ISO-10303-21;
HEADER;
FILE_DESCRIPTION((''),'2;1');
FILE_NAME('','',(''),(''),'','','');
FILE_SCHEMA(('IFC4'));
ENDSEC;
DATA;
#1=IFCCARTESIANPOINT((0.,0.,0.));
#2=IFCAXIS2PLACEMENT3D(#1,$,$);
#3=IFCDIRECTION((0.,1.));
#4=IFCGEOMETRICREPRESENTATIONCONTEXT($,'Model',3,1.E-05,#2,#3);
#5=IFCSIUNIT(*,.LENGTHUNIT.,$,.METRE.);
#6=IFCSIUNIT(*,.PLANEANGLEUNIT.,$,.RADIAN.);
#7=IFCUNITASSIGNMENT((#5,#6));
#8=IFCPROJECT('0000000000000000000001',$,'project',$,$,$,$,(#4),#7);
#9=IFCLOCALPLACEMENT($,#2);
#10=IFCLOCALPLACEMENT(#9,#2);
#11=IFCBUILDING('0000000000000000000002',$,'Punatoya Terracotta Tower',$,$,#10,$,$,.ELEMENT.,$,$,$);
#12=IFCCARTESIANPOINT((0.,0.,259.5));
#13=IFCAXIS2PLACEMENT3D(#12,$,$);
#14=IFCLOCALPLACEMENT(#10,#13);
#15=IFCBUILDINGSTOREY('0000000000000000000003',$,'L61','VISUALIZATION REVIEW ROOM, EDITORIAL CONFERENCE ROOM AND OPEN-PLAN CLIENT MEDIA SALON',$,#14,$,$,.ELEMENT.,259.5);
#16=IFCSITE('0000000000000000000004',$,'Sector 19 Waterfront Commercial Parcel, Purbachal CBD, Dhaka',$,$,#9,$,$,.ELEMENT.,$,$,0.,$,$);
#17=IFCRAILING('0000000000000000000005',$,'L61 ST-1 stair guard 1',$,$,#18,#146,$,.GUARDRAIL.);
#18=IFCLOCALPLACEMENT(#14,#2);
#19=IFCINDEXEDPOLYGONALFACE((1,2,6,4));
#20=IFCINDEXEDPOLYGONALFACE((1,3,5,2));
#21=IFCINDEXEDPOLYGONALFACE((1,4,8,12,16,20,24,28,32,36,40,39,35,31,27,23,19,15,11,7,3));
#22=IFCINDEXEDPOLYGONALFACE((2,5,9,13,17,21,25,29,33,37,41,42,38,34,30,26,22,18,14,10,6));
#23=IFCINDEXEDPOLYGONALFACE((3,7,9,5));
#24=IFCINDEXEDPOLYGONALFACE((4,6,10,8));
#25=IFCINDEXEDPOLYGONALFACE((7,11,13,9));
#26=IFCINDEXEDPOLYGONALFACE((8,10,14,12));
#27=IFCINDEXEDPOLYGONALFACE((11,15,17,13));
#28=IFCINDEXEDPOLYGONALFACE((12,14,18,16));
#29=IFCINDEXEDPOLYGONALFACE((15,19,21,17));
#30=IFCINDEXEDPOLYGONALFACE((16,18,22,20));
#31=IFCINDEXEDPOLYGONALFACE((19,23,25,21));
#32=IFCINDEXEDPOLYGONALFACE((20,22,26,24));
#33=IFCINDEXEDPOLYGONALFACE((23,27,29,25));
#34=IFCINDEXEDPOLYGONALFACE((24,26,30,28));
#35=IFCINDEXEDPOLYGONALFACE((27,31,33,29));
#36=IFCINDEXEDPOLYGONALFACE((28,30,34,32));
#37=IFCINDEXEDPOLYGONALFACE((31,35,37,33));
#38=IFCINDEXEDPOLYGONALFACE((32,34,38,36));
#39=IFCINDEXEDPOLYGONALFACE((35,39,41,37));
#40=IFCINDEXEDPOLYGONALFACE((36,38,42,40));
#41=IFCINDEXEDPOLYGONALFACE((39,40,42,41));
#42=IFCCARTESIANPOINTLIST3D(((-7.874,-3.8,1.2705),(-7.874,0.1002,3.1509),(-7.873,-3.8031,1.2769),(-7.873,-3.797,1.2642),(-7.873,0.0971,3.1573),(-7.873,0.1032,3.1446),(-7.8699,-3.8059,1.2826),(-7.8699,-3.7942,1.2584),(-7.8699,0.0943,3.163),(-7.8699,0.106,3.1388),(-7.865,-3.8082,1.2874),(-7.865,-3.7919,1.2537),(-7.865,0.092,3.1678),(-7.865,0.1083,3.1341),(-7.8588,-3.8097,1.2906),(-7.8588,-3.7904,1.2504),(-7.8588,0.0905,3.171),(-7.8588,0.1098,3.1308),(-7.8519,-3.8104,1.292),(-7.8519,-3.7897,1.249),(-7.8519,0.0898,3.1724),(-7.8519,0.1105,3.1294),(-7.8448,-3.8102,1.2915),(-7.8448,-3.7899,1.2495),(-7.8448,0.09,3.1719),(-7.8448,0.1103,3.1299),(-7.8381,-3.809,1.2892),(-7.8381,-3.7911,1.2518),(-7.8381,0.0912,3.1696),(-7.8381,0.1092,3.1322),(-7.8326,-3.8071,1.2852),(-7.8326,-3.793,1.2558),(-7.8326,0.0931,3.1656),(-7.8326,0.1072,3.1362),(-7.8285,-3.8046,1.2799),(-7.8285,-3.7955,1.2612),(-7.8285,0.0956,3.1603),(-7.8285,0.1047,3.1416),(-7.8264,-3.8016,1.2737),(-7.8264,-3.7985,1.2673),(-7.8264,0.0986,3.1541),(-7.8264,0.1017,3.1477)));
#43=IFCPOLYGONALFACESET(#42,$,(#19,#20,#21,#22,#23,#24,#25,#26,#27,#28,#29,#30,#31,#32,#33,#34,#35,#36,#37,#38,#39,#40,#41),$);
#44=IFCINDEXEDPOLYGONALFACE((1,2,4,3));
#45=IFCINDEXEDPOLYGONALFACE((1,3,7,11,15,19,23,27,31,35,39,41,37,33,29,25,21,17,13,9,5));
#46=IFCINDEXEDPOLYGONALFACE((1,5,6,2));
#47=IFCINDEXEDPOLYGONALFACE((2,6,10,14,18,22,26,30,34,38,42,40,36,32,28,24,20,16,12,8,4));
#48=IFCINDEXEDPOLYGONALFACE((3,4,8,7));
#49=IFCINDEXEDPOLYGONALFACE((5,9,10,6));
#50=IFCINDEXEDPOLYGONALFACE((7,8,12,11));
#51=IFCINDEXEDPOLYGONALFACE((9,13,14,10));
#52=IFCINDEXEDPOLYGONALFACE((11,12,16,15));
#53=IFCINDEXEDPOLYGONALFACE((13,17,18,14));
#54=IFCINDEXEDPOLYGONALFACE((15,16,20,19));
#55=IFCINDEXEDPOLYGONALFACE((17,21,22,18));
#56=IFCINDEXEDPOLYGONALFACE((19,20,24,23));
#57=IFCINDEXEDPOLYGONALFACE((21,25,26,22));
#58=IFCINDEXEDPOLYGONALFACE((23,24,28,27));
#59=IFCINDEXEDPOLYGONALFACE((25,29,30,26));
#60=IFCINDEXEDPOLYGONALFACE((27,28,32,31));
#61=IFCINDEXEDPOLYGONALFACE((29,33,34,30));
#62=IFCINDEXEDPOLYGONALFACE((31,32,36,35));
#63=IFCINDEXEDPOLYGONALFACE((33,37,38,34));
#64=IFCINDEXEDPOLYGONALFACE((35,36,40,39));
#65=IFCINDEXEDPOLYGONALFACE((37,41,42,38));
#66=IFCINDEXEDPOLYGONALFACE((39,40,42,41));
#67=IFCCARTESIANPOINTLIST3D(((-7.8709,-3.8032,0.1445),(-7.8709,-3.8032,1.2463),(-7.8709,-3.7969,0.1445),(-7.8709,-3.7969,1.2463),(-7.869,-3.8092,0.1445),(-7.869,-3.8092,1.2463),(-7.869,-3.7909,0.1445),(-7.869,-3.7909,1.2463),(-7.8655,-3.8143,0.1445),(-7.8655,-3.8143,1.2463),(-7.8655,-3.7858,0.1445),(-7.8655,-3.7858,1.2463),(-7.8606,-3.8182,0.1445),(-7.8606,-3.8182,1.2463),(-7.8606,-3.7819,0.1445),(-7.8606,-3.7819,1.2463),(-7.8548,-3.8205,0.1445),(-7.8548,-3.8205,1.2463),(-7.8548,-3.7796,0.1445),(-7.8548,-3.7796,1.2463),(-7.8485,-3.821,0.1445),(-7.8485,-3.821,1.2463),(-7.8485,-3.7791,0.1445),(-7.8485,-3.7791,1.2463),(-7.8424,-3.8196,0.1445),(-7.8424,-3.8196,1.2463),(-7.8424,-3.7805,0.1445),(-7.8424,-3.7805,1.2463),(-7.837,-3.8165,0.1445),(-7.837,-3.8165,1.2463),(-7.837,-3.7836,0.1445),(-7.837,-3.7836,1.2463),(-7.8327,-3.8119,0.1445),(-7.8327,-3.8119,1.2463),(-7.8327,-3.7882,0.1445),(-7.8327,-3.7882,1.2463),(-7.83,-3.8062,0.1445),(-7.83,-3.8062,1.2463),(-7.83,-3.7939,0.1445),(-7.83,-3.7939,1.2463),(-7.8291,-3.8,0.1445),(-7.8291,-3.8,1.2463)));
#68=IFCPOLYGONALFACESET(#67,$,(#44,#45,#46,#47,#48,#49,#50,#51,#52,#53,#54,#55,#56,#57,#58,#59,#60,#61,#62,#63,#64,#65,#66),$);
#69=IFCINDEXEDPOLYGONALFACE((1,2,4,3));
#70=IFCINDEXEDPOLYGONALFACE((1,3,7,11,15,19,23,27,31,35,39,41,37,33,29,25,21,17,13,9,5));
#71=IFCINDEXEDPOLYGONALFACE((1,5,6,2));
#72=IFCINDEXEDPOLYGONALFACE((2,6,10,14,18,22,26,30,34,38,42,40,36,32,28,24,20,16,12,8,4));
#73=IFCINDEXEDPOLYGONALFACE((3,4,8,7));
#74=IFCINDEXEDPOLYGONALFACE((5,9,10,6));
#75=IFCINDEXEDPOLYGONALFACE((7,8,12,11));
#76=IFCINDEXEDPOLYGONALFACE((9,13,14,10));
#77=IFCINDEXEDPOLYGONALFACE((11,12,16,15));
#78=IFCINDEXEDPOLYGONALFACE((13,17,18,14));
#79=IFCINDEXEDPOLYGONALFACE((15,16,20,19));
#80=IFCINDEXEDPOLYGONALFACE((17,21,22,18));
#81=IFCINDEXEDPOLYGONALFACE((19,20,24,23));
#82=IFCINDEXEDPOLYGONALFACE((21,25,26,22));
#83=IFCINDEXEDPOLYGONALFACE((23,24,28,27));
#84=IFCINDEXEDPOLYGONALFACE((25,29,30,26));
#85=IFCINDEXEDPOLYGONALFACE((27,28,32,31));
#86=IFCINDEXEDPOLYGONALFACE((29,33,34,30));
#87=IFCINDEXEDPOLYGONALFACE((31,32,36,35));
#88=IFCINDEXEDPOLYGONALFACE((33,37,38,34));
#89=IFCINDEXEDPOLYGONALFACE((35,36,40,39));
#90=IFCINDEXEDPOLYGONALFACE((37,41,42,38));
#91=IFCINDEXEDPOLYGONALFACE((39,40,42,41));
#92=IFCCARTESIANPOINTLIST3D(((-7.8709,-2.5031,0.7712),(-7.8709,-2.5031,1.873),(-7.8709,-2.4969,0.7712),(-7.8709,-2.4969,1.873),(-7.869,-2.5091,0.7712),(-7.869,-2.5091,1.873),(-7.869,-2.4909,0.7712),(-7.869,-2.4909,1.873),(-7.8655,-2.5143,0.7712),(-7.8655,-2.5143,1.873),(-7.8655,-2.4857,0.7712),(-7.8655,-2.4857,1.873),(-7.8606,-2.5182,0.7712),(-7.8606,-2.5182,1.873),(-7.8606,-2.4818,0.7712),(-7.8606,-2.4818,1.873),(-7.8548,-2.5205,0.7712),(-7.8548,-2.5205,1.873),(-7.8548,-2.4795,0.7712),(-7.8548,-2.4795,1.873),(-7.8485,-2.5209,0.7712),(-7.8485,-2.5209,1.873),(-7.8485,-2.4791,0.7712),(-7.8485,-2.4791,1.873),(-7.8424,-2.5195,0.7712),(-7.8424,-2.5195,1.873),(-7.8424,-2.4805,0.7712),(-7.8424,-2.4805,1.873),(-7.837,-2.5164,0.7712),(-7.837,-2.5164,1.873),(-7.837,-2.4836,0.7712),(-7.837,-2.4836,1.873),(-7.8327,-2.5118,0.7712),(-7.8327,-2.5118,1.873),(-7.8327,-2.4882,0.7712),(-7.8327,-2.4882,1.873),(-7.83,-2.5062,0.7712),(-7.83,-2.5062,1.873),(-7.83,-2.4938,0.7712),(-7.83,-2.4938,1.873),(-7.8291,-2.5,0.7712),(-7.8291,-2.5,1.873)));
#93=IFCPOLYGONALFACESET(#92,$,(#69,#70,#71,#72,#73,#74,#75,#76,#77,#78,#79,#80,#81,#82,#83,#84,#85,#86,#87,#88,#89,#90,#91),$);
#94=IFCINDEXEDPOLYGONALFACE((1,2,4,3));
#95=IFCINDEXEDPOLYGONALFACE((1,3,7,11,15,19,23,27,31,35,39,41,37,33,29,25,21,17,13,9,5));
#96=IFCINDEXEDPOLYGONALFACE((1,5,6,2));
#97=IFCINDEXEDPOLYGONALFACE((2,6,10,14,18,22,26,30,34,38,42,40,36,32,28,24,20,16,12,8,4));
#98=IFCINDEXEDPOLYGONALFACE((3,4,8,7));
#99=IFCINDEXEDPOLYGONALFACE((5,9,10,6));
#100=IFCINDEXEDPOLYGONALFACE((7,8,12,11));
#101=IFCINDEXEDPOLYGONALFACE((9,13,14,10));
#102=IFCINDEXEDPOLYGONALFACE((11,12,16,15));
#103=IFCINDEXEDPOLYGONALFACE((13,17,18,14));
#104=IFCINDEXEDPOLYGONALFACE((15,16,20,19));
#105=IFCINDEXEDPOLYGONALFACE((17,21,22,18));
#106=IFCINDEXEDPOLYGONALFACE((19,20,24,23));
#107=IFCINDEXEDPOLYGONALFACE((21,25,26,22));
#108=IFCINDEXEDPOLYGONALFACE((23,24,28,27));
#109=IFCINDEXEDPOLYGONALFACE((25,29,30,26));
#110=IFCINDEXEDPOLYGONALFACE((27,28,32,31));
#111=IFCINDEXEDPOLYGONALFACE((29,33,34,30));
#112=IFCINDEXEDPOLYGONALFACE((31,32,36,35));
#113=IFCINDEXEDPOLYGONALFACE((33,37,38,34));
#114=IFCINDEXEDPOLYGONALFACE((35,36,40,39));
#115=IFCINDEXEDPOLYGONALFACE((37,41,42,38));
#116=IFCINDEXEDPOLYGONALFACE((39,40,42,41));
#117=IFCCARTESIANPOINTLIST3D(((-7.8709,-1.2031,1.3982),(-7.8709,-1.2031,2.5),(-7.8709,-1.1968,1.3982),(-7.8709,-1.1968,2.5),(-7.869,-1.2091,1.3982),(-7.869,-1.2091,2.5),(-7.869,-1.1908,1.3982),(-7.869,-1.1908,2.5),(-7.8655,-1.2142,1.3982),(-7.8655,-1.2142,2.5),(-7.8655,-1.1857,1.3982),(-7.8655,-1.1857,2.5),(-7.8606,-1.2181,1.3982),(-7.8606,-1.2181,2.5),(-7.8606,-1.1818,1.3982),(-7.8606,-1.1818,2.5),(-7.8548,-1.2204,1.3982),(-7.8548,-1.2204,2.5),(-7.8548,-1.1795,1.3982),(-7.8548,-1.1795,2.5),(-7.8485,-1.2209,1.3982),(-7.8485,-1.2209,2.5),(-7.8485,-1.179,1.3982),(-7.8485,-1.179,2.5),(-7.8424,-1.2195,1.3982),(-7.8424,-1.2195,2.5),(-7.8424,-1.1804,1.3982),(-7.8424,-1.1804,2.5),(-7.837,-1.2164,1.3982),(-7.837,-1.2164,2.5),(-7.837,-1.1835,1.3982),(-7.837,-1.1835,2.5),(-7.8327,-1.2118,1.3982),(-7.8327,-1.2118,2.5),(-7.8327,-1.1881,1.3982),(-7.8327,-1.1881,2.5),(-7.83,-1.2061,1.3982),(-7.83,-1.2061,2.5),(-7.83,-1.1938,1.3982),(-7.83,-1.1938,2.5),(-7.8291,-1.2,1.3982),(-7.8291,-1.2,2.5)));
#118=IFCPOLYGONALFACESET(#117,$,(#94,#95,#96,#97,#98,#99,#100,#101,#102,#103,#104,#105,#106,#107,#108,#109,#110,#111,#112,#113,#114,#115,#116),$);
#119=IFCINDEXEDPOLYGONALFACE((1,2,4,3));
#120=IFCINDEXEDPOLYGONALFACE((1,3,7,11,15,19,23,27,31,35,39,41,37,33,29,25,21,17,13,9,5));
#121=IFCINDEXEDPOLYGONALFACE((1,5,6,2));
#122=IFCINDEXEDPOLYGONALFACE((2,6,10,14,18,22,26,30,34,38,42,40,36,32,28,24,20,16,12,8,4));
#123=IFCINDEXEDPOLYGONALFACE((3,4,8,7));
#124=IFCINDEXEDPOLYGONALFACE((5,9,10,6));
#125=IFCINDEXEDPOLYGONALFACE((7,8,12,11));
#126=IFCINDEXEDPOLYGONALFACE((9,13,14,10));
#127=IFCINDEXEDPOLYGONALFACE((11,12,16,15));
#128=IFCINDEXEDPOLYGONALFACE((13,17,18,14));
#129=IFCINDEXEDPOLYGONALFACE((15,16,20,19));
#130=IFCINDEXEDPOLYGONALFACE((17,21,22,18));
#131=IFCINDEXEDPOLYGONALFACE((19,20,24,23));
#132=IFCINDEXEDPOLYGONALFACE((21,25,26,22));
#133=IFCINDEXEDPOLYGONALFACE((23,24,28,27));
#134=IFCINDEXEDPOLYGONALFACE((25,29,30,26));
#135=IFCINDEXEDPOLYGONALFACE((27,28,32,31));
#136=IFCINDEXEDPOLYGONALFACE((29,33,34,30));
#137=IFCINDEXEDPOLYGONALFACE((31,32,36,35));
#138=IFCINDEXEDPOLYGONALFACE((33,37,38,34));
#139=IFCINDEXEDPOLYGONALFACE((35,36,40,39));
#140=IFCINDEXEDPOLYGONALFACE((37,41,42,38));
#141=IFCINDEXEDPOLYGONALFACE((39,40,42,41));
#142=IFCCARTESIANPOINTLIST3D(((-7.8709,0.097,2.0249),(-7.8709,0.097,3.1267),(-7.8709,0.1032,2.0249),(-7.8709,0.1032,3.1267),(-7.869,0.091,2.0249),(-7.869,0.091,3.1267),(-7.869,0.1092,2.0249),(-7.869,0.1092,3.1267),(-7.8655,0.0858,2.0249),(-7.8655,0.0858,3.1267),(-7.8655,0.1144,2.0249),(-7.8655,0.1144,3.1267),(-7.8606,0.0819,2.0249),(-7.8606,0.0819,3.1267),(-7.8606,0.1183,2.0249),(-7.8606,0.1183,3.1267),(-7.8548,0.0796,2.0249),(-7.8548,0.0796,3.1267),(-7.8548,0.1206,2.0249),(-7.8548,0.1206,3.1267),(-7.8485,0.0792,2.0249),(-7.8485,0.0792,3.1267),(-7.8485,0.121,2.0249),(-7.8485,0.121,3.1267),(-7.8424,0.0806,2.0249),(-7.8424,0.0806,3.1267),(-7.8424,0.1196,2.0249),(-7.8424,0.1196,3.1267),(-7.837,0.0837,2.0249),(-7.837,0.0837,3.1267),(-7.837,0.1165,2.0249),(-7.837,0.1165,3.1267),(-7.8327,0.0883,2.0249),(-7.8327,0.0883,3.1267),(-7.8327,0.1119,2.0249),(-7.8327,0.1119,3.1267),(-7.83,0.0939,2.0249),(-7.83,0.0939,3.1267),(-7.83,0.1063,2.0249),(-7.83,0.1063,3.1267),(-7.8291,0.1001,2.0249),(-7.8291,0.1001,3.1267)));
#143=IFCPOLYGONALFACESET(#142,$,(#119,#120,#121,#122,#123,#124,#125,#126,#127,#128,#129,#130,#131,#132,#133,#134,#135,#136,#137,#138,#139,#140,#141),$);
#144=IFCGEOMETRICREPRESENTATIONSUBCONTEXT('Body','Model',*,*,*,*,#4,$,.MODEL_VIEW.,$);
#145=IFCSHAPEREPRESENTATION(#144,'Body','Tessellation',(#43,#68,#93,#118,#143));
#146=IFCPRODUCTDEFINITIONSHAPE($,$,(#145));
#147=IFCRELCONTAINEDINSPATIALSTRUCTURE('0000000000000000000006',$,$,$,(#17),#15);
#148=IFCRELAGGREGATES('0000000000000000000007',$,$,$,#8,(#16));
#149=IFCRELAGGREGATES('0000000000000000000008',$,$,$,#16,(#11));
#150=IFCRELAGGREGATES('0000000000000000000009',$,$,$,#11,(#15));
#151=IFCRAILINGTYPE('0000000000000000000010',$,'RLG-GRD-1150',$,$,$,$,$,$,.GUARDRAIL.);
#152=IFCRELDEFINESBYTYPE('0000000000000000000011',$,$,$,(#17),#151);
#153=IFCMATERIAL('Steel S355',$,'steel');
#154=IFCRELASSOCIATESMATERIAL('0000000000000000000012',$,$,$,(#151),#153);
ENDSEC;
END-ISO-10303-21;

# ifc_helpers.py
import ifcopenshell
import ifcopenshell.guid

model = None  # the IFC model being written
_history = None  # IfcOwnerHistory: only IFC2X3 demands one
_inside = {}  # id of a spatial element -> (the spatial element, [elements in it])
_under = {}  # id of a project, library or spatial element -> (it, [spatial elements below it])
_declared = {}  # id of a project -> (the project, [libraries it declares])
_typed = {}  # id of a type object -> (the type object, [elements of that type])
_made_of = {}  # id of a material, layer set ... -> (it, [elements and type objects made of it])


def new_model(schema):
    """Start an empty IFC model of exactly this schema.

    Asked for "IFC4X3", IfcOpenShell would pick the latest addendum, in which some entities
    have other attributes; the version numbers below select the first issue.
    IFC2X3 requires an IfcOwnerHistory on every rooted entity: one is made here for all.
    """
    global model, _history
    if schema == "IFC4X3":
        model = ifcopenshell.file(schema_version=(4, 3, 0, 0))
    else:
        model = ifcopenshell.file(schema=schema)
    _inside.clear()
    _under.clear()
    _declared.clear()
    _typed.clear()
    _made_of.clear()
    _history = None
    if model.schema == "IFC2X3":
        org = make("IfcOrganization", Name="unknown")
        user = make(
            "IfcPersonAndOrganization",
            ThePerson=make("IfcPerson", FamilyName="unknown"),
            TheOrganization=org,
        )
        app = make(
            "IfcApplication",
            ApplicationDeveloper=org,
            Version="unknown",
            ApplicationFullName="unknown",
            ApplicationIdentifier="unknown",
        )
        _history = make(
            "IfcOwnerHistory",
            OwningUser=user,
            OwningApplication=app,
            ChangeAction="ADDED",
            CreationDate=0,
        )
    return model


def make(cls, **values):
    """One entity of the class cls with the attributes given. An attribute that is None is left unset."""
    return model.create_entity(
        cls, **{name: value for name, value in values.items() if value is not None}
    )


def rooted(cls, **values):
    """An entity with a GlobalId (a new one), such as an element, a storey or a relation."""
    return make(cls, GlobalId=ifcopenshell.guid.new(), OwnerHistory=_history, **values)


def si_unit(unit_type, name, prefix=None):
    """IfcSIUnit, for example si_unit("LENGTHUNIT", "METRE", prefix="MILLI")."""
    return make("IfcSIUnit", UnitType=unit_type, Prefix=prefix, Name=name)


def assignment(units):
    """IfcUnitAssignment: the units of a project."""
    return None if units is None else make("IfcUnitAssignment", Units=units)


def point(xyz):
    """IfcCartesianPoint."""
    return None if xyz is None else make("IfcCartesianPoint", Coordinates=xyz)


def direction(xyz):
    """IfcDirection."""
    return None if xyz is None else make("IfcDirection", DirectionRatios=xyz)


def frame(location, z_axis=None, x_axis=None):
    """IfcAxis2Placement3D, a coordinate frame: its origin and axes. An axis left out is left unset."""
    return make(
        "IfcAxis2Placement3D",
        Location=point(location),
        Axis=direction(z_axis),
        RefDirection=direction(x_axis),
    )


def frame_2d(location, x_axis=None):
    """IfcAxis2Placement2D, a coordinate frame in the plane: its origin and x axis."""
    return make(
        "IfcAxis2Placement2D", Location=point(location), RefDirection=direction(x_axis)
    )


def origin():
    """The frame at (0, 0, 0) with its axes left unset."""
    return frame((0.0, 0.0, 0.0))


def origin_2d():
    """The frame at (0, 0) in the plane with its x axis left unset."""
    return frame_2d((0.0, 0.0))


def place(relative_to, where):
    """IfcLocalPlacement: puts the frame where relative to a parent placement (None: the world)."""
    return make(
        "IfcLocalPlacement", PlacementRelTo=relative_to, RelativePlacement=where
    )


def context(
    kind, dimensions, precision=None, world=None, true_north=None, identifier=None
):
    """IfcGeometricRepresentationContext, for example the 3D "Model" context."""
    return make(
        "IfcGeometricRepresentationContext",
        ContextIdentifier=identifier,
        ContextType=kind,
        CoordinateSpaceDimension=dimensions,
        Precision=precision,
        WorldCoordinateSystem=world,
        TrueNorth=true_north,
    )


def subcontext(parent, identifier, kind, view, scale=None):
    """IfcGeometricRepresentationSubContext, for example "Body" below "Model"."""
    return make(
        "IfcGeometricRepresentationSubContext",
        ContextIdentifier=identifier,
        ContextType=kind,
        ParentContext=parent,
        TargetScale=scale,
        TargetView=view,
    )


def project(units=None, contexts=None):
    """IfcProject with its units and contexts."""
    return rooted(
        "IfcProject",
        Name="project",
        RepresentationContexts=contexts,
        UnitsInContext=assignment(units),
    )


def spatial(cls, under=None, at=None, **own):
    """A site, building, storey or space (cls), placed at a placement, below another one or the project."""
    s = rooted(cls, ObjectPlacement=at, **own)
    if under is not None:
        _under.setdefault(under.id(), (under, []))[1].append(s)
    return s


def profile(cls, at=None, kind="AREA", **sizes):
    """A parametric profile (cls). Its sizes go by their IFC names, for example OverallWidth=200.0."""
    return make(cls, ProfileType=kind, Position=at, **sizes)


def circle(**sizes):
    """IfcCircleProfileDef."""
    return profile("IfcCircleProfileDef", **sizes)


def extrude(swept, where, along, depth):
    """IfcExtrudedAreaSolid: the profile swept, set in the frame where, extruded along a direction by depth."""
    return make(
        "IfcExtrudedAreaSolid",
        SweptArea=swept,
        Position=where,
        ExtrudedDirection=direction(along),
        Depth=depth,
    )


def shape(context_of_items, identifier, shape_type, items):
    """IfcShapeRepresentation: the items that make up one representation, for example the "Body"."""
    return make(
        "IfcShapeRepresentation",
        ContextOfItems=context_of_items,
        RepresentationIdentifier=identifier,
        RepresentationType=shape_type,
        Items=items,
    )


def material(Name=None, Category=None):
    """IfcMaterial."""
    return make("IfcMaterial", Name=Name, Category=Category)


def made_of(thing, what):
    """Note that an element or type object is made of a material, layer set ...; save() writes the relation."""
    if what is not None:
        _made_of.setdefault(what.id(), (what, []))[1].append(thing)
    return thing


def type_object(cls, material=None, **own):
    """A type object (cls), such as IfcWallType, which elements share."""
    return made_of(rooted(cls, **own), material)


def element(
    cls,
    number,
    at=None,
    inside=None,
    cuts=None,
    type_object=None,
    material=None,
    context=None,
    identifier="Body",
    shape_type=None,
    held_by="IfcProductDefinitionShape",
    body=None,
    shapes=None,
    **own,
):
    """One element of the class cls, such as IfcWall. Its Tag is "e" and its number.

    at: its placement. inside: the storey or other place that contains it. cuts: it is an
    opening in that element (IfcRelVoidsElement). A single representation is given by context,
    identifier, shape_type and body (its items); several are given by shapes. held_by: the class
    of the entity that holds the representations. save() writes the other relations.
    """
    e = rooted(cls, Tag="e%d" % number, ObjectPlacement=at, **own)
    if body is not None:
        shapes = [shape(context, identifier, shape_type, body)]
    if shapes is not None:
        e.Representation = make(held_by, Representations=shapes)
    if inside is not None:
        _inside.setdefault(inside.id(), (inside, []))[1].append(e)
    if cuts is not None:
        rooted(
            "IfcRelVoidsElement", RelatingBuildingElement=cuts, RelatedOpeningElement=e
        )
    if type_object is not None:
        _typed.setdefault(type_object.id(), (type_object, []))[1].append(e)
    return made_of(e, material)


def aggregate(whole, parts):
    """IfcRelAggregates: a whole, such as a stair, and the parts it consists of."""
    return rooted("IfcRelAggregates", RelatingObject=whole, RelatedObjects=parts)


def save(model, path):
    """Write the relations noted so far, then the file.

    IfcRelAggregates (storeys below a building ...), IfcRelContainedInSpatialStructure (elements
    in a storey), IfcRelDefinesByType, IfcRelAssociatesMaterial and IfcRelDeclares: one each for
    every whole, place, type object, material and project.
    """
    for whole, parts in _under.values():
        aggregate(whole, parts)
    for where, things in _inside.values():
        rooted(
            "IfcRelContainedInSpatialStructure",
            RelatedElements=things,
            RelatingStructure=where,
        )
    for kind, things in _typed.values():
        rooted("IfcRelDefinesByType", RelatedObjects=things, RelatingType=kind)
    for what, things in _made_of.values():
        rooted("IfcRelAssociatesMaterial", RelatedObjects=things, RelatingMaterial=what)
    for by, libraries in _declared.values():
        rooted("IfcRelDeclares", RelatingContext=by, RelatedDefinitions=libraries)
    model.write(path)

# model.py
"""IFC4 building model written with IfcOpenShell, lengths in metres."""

from ifc_helpers import new_model, si_unit, direction, frame, origin, origin_2d, place, context, subcontext, project, spatial, circle, extrude, material, type_object, element, save


model = new_model("IFC4")

# Units and contexts
model_context = context("Model", 3, precision=1e-05, world=origin(), true_north=direction((0.0, 1.0)))
body_context = subcontext(model_context, "Body", "Model", "MODEL_VIEW")
ifc_project = project(units=[si_unit("LENGTHUNIT", "METRE"), si_unit("PLANEANGLEUNIT", "RADIAN")], contexts=[model_context])

# Site, building, storey
site_placement = place(None, origin())
site = spatial("IfcSite", under=ifc_project, at=site_placement, Name="Sector 19 Waterfront Commercial Parcel, Purbachal CBD, Dhaka", CompositionType="ELEMENT", RefElevation=0.0)
building_placement = place(site_placement, origin())
building = spatial("IfcBuilding", under=site, at=building_placement, Name="Punatoya Terracotta Tower", CompositionType="ELEMENT")
storey_placement = place(building_placement, frame((0.0, 0.0, 259.5)))
storey = spatial("IfcBuildingStorey", under=building, at=storey_placement, Name="L61", Description="VISUALIZATION REVIEW ROOM, EDITORIAL CONFERENCE ROOM AND OPEN-PLAN CLIENT MEDIA SALON", CompositionType="ELEMENT", Elevation=259.5)

# Railing
ifc_material_1 = material(Name="Steel S355", Category="steel")
railing_type_1 = type_object("IfcRailingType", Name="RLG-GRD-1150", PredefinedType="GUARDRAIL", material=ifc_material_1)
railing_1_placement = place(storey_placement, frame((-7.8501, -3.8, 0.1445)))
element("IfcRailing", 1, at=railing_1_placement, inside=storey, type_object=railing_type_1, Name="L61 ST-1 stair guard 1", PredefinedType="GUARDRAIL", context=body_context, shape_type="SweptSolid", body=[
    extrude(circle(Radius=0.0239, at=origin_2d()), frame((0.0, 0.0, 1.126), z_axis=(0.0, 0.900774, 0.434289), x_axis=(-1.0, 0.0, 0.0)), (0.0, 0.0, 1.0), 4.3298),
    extrude(circle(Radius=0.021, at=origin_2d()), origin(), (0.0, 0.0, 1.0), 1.1018),
    extrude(circle(Radius=0.021, at=origin_2d()), frame((0.0, 1.3, 0.6267)), (0.0, 0.0, 1.0), 1.1018),
    extrude(circle(Radius=0.021, at=origin_2d()), frame((0.0, 2.6001, 1.2537)), (0.0, 0.0, 1.0), 1.1018),
    extrude(circle(Radius=0.021, at=origin_2d()), frame((0.0, 3.9001, 1.8804)), (0.0, 0.0, 1.0), 1.1018),
])

save(model, "model.ifc")
